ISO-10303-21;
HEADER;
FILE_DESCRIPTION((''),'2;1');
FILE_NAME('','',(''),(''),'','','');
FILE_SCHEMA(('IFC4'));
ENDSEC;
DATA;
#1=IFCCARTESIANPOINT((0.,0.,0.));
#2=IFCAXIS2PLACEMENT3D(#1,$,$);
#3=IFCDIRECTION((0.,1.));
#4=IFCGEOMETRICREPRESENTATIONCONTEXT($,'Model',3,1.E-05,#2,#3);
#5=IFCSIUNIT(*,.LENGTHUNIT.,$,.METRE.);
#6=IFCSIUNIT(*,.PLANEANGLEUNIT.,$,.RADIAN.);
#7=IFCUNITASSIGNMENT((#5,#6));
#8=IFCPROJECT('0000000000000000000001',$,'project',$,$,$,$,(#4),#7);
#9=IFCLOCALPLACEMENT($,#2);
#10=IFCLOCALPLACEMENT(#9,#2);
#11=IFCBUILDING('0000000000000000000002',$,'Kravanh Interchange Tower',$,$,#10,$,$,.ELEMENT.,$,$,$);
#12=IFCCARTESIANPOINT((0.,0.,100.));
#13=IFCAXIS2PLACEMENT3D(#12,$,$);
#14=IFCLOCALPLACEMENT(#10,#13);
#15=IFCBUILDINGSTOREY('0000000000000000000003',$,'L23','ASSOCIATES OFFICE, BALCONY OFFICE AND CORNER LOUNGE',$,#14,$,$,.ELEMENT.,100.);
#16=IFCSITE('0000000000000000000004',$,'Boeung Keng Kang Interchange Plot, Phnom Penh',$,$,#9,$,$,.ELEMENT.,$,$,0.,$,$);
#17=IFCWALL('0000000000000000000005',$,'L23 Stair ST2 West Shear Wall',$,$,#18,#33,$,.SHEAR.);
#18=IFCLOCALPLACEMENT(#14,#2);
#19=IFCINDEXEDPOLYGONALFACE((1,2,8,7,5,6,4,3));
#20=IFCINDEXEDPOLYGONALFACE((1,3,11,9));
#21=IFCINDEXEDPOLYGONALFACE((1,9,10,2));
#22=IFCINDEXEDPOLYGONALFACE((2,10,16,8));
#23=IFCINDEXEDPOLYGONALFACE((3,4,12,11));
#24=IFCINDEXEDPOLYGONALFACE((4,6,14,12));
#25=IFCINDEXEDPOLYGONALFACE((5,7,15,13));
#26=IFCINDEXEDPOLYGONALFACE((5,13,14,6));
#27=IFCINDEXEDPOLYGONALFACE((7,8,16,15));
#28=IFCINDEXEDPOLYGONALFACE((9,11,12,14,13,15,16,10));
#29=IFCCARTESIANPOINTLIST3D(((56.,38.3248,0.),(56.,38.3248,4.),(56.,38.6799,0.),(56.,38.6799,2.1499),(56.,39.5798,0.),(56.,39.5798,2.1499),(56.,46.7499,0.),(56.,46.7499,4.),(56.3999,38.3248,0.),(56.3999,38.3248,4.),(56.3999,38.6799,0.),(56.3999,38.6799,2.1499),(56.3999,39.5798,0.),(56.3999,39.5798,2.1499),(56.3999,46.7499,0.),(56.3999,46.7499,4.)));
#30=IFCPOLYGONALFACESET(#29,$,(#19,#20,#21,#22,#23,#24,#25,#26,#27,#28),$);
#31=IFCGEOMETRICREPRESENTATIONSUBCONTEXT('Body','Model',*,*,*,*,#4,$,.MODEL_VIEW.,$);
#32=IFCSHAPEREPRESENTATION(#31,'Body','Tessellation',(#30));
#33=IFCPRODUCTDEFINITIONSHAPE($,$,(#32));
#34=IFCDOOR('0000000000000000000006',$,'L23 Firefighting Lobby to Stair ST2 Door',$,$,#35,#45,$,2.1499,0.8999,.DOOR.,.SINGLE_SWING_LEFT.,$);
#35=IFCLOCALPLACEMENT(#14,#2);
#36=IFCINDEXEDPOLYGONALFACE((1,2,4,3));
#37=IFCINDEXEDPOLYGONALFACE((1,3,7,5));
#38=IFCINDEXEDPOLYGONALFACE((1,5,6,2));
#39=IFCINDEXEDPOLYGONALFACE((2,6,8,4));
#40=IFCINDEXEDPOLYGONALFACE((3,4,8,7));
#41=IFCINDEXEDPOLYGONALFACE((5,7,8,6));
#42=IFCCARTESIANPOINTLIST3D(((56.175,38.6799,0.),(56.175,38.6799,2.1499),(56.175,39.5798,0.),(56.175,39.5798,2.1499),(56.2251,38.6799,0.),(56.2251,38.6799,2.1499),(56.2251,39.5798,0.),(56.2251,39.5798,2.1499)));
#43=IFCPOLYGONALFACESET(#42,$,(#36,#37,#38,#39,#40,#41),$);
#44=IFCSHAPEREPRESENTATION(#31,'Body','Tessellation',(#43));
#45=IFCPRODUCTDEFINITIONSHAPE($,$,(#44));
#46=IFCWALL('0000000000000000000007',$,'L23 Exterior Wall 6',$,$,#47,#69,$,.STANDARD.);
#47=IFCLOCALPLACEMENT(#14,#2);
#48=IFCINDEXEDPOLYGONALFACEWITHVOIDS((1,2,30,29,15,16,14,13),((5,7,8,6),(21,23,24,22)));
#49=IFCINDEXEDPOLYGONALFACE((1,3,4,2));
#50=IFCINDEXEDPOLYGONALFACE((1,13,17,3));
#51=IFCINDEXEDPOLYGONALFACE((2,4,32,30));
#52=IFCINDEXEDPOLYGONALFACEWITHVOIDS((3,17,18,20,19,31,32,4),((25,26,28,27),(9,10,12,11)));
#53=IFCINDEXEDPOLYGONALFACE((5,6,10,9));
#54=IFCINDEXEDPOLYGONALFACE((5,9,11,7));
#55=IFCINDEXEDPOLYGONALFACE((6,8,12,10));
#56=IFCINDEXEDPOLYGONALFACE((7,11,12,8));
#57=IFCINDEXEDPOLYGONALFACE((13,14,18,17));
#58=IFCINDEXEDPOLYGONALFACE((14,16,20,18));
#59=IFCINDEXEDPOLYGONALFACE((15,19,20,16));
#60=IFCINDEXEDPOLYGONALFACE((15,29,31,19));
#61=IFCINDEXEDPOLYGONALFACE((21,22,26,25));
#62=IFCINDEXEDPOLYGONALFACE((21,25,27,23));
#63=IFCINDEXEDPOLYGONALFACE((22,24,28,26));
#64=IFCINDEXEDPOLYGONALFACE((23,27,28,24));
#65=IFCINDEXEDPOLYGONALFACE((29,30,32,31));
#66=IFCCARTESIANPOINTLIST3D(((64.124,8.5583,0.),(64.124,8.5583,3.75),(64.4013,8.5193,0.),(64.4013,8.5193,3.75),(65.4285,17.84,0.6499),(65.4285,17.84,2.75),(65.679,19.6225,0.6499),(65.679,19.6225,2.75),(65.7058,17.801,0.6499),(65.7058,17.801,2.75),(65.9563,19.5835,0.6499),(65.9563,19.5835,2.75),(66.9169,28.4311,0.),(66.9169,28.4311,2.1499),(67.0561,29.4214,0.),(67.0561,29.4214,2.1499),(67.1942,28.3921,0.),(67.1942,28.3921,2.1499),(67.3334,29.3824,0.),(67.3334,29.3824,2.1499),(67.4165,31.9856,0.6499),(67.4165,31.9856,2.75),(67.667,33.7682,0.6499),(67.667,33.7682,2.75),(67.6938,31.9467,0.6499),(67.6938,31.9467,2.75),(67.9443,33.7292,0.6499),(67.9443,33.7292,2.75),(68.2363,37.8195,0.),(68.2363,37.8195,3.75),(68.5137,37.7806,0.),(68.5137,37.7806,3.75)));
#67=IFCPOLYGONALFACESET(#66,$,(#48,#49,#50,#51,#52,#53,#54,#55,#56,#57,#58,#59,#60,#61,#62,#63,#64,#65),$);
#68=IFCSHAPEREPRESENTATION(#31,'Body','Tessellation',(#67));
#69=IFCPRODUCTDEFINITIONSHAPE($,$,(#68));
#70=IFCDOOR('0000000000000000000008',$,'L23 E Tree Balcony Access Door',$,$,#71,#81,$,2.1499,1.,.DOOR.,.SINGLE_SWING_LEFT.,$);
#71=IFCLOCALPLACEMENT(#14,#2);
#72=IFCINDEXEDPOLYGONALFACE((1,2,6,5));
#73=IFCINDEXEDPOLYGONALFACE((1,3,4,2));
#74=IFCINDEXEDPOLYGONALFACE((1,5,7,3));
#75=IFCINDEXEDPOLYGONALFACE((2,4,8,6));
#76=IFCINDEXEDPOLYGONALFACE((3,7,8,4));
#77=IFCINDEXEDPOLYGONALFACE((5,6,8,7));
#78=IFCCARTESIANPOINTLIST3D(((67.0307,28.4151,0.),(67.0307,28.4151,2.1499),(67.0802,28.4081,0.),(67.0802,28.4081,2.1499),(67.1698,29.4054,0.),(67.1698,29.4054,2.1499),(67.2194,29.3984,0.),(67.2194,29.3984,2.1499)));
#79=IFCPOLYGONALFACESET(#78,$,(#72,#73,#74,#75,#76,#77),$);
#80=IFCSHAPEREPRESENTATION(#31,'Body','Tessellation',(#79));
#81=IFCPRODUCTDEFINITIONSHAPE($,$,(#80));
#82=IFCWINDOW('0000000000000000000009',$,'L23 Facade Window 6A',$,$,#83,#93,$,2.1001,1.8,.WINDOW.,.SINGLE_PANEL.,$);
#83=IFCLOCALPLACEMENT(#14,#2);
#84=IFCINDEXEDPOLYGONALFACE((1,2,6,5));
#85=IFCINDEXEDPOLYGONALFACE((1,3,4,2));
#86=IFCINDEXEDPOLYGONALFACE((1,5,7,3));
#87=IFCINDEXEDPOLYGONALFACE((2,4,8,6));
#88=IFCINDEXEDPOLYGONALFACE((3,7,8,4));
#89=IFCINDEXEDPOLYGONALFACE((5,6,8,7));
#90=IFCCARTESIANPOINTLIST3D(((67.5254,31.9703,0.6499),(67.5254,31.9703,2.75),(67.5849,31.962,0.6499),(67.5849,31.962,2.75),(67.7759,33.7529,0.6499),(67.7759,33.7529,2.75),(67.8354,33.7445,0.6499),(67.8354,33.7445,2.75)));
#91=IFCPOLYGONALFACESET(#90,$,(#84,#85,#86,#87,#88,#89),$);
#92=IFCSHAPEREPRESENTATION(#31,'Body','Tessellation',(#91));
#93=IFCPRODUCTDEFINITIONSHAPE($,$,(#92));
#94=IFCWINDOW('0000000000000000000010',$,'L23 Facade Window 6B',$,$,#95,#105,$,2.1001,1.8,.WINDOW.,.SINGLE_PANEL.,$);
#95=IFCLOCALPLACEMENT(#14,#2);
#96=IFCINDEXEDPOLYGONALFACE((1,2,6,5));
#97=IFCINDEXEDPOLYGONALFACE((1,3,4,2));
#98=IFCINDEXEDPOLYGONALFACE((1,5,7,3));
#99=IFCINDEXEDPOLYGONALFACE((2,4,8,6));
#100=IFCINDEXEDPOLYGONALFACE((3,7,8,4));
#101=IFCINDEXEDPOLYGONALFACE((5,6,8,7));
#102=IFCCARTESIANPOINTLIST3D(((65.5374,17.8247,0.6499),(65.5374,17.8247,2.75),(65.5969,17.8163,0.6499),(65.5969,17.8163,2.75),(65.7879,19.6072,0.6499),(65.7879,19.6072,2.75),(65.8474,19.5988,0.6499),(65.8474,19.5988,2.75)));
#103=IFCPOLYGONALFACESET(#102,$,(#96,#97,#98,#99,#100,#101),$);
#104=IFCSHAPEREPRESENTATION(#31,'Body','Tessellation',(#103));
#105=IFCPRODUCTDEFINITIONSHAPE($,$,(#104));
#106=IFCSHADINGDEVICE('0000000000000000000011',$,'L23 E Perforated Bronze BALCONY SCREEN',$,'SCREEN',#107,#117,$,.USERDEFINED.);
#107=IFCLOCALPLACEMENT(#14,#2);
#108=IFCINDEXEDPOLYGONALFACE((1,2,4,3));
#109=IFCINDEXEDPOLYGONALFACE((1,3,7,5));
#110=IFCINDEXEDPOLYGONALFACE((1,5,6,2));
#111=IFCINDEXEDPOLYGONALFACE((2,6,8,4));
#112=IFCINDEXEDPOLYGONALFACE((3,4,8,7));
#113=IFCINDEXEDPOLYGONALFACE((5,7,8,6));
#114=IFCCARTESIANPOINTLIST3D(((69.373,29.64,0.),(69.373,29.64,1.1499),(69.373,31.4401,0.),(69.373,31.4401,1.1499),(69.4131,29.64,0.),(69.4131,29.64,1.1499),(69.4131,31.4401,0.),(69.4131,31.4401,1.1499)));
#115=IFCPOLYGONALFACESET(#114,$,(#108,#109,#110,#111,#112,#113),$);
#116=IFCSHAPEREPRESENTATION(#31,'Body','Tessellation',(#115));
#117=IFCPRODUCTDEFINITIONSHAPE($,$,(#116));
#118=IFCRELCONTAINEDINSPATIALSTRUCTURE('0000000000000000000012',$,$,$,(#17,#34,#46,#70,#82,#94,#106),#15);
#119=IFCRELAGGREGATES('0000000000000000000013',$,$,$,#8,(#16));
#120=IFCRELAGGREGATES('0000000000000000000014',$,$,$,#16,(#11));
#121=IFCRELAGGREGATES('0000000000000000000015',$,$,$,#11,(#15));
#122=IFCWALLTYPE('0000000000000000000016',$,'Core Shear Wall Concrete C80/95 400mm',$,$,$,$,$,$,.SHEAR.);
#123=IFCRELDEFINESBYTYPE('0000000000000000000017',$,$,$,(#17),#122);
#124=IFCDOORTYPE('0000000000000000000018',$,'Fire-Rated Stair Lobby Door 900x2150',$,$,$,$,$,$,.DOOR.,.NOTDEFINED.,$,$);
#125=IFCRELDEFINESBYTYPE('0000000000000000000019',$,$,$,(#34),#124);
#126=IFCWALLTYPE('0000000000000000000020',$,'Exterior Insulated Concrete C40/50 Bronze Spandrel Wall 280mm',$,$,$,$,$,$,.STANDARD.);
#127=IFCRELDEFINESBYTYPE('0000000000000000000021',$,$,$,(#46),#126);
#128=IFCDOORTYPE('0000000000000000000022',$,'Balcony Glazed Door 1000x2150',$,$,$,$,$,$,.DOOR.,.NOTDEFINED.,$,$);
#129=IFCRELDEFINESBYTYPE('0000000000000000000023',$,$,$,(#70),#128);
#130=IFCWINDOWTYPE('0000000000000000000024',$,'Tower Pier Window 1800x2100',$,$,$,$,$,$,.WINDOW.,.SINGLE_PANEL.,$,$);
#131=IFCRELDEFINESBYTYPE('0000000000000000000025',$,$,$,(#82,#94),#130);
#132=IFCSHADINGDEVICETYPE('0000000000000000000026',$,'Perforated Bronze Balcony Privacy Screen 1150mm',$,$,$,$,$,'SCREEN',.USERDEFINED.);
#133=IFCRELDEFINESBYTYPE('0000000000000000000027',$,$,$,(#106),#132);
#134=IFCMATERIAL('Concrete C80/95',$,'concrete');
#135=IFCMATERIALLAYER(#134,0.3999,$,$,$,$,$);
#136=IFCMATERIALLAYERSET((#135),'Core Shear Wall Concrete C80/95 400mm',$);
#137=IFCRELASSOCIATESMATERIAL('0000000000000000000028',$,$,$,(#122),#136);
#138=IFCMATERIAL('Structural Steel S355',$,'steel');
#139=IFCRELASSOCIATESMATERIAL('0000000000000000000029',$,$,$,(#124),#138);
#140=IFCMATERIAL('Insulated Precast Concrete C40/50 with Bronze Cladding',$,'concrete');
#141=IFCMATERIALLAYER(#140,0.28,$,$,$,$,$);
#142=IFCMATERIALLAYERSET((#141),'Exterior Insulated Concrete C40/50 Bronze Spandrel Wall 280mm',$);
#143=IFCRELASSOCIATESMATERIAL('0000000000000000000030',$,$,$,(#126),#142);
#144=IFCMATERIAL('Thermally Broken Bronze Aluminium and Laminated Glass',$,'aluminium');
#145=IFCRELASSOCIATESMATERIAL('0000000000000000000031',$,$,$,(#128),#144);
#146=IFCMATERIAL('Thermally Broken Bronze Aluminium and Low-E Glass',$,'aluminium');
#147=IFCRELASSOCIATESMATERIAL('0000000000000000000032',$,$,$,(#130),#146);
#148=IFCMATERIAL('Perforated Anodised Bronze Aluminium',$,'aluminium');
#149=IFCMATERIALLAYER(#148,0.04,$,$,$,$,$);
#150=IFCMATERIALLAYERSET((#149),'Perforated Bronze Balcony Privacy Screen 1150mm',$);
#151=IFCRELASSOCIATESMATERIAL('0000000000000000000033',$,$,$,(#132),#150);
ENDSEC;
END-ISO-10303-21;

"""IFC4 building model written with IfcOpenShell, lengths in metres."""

from ifc_helpers import new_model, si_unit, direction, frame, frame_2d, origin, origin_2d, place, context, subcontext, project, spatial, rectangle, extrude, material, layer, layer_set, type_object, element, fill, save


model = new_model("IFC4")

# Units and contexts
model_context = context("Model", 3, precision=1e-05, world=origin(), true_north=direction((0.0, 1.0)))
body_context = subcontext(model_context, "Body", "Model", "MODEL_VIEW")
ifc_project = project(units=[si_unit("LENGTHUNIT", "METRE"), si_unit("PLANEANGLEUNIT", "RADIAN")], contexts=[model_context])

# Site, building, storey
site_placement = place(None, origin())
site = spatial("IfcSite", under=ifc_project, at=site_placement, Name="Boeung Keng Kang Interchange Plot, Phnom Penh", CompositionType="ELEMENT", RefElevation=0.0)
building_placement = place(site_placement, origin())
building = spatial("IfcBuilding", under=site, at=building_placement, Name="Kravanh Interchange Tower", CompositionType="ELEMENT")
storey_placement = place(building_placement, frame((0.0, 0.0, 100.0)))
storey = spatial("IfcBuildingStorey", under=building, at=storey_placement, Name="L23", Description="ASSOCIATES OFFICE, BALCONY OFFICE AND CORNER LOUNGE", CompositionType="ELEMENT", Elevation=100.0)

# Shared definitions
ifc_material_1 = material(Name="Concrete C80/95", Category="concrete")
ifc_layer_1 = layer(ifc_material_1, 0.3999)
ifc_layer_set_1 = layer_set([ifc_layer_1], Name="Core Shear Wall Concrete C80/95 400mm")
wall_type_1 = type_object("IfcWallType", Name="Core Shear Wall Concrete C80/95 400mm", PredefinedType="SHEAR", material=ifc_layer_set_1)

# Wall, opening, door
wall_1_placement = place(storey_placement, frame((56.2, 38.325, 0.0), z_axis=(0.0, 0.0, 1.0), x_axis=(0.0, 1.0, 0.0)))
wall_1 = element("IfcWall", 1, at=wall_1_placement, inside=storey, type_object=wall_type_1, Name="L23 Stair ST2 West Shear Wall", PredefinedType="SHEAR", context=body_context, shape_type="SweptSolid", body=[
    extrude(rectangle(XDim=8.425, YDim=0.3999, at=frame_2d((4.2124, 0.0))), origin(), (0.0, 0.0, 1.0), 4.0),
])
opening_1_placement = place(wall_1_placement, frame((0.355, 0.0, 0.0)))
opening_1 = element("IfcOpeningElement", 2, at=opening_1_placement, cuts=wall_1, PredefinedType="OPENING", context=body_context, shape_type="SweptSolid", body=[
    extrude(rectangle(XDim=0.8999, YDim=2.1499, at=frame_2d((0.45, 1.075))), frame((0.0, 0.21, 0.0), z_axis=(0.0, -1.0, 0.0), x_axis=(1.0, 0.0, 0.0)), (0.0, 0.0, 1.0), 0.4199),
])
ifc_material_2 = material(Name="Structural Steel S355", Category="steel")
door_type_1 = type_object("IfcDoorType", Name="Fire-Rated Stair Lobby Door 900x2150", OperationType="NOTDEFINED", PredefinedType="DOOR", material=ifc_material_2)
door_1_placement = place(opening_1_placement, origin())
door_1 = element("IfcDoor", 3, at=door_1_placement, inside=storey, type_object=door_type_1, Name="L23 Firefighting Lobby to Stair ST2 Door", OperationType="SINGLE_SWING_LEFT", OverallHeight=2.1499, OverallWidth=0.8999, PredefinedType="DOOR", context=body_context, shape_type="SweptSolid", body=[
    extrude(rectangle(XDim=0.8999, YDim=2.1499, at=frame_2d((0.45, 1.075))), frame((0.0, 0.0249, 0.0), z_axis=(0.0, -1.0, 0.0), x_axis=(1.0, 0.0, 0.0)), (0.0, 0.0, 1.0), 0.05),
])
fill(opening_1, door_1)

# Wall, openings, door, windows
ifc_material_3 = material(Name="Insulated Precast Concrete C40/50 with Bronze Cladding", Category="concrete")
ifc_layer_2 = layer(ifc_material_3, 0.28)
ifc_layer_set_2 = layer_set([ifc_layer_2], Name="Exterior Insulated Concrete C40/50 Bronze Spandrel Wall 280mm")
wall_type_2 = type_object("IfcWallType", Name="Exterior Insulated Concrete C40/50 Bronze Spandrel Wall 280mm", PredefinedType="STANDARD", material=ifc_layer_set_2)
wall_2_placement = place(storey_placement, frame((68.375, 37.8, 0.0), z_axis=(0.0, 0.0, 1.0), x_axis=(-0.13917, -0.990269, 0.0)))
wall_2 = element("IfcWall", 4, at=wall_2_placement, inside=storey, type_object=wall_type_2, Name="L23 Exterior Wall 6", PredefinedType="STANDARD", context=body_context, shape_type="SweptSolid", body=[
    extrude(rectangle(XDim=29.5488, YDim=0.28, at=frame_2d((14.7744, 0.0))), origin(), (0.0, 0.0, 1.0), 3.75),
])
opening_2_placement = place(wall_2_placement, frame((8.4807, 0.0, 0.0)))
opening_2 = element("IfcOpeningElement", 5, at=opening_2_placement, cuts=wall_2, PredefinedType="OPENING", context=body_context, shape_type="SweptSolid", body=[
    extrude(rectangle(XDim=1.0, YDim=2.1499, at=frame_2d((0.5, 1.075))), frame((0.0, 0.1499, 0.0), z_axis=(0.0, -1.0, 0.0), x_axis=(1.0, 0.0, 0.0)), (0.0, 0.0, 1.0), 0.3),
])
opening_3_placement = place(wall_2_placement, frame((4.0913, 0.0, 0.6499)))
opening_3 = element("IfcOpeningElement", 6, at=opening_3_placement, cuts=wall_2, PredefinedType="OPENING", context=body_context, shape_type="SweptSolid", body=[
    extrude(rectangle(XDim=1.8, YDim=2.1001, at=frame_2d((0.8999, 1.05))), frame((0.0, 0.1499, 0.0), z_axis=(0.0, -1.0, 0.0), x_axis=(1.0, 0.0, 0.0)), (0.0, 0.0, 1.0), 0.3),
])
opening_4_placement = place(wall_2_placement, frame((18.376, 0.0, 0.6499)))
opening_4 = element("IfcOpeningElement", 7, at=opening_4_placement, cuts=wall_2, PredefinedType="OPENING", context=body_context, shape_type="SweptSolid", body=[
    extrude(rectangle(XDim=1.8, YDim=2.1001, at=frame_2d((0.8999, 1.05))), frame((0.0, 0.1499, 0.0), z_axis=(0.0, -1.0, 0.0), x_axis=(1.0, 0.0, 0.0)), (0.0, 0.0, 1.0), 0.3),
])
ifc_material_4 = material(Name="Thermally Broken Bronze Aluminium and Laminated Glass", Category="aluminium")
door_type_2 = type_object("IfcDoorType", Name="Balcony Glazed Door 1000x2150", OperationType="NOTDEFINED", PredefinedType="DOOR", material=ifc_material_4)
door_2_placement = place(opening_2_placement, origin())
door_2 = element("IfcDoor", 8, at=door_2_placement, inside=storey, type_object=door_type_2, Name="L23 E Tree Balcony Access Door", OperationType="SINGLE_SWING_LEFT", OverallHeight=2.1499, OverallWidth=1.0, PredefinedType="DOOR", context=body_context, shape_type="SweptSolid", body=[
    extrude(rectangle(XDim=1.0, YDim=2.1499, at=frame_2d((0.5, 1.075))), frame((0.0, 0.0249, 0.0), z_axis=(0.0, -1.0, 0.0), x_axis=(1.0, 0.0, 0.0)), (0.0, 0.0, 1.0), 0.05),
])
fill(opening_2, door_2)
ifc_material_5 = material(Name="Thermally Broken Bronze Aluminium and Low-E Glass", Category="aluminium")
window_type = type_object("IfcWindowType", Name="Tower Pier Window 1800x2100", PartitioningType="SINGLE_PANEL", PredefinedType="WINDOW", material=ifc_material_5)
window_1_placement = place(opening_3_placement, origin())
window_1 = element("IfcWindow", 9, at=window_1_placement, inside=storey, type_object=window_type, Name="L23 Facade Window 6A", OverallHeight=2.1001, OverallWidth=1.8, PartitioningType="SINGLE_PANEL", PredefinedType="WINDOW", context=body_context, shape_type="SweptSolid", body=[
    extrude(rectangle(XDim=1.8, YDim=2.1001, at=frame_2d((0.8999, 1.05))), frame((0.0, 0.03, 0.0), z_axis=(0.0, -1.0, 0.0), x_axis=(1.0, 0.0, 0.0)), (0.0, 0.0, 1.0), 0.0601),
])
fill(opening_3, window_1)
window_2_placement = place(opening_4_placement, origin())
window_2 = element("IfcWindow", 10, at=window_2_placement, inside=storey, type_object=window_type, Name="L23 Facade Window 6B", OverallHeight=2.1001, OverallWidth=1.8, PartitioningType="SINGLE_PANEL", PredefinedType="WINDOW", context=body_context, shape_type="SweptSolid", body=[
    extrude(rectangle(XDim=1.8, YDim=2.1001, at=frame_2d((0.8999, 1.05))), frame((0.0, 0.03, 0.0), z_axis=(0.0, -1.0, 0.0), x_axis=(1.0, 0.0, 0.0)), (0.0, 0.0, 1.0), 0.0601),
])
fill(opening_4, window_2)

# Shading device
ifc_material_6 = material(Name="Perforated Anodised Bronze Aluminium", Category="aluminium")
ifc_layer_3 = layer(ifc_material_6, 0.04)
ifc_layer_set_3 = layer_set([ifc_layer_3], Name="Perforated Bronze Balcony Privacy Screen 1150mm")
shading_device_type = type_object("IfcShadingDeviceType", Name="Perforated Bronze Balcony Privacy Screen 1150mm", ElementType="SCREEN", PredefinedType="USERDEFINED", material=ifc_layer_set_3)
shading_device_placement = place(storey_placement, frame((69.3931, 30.54, 0.0), z_axis=(0.0, 0.0, 1.0), x_axis=(1.0, 0.0, 0.0)))
element("IfcShadingDevice", 11, at=shading_device_placement, inside=storey, type_object=shading_device_type, Name="L23 E Perforated Bronze BALCONY SCREEN", ObjectType="SCREEN", PredefinedType="USERDEFINED", context=body_context, shape_type="SweptSolid", body=[
    extrude(rectangle(XDim=0.04, YDim=1.8, at=origin_2d()), origin(), (0.0, 0.0, 1.0), 1.1499),
])

save(model, "model.ifc")
